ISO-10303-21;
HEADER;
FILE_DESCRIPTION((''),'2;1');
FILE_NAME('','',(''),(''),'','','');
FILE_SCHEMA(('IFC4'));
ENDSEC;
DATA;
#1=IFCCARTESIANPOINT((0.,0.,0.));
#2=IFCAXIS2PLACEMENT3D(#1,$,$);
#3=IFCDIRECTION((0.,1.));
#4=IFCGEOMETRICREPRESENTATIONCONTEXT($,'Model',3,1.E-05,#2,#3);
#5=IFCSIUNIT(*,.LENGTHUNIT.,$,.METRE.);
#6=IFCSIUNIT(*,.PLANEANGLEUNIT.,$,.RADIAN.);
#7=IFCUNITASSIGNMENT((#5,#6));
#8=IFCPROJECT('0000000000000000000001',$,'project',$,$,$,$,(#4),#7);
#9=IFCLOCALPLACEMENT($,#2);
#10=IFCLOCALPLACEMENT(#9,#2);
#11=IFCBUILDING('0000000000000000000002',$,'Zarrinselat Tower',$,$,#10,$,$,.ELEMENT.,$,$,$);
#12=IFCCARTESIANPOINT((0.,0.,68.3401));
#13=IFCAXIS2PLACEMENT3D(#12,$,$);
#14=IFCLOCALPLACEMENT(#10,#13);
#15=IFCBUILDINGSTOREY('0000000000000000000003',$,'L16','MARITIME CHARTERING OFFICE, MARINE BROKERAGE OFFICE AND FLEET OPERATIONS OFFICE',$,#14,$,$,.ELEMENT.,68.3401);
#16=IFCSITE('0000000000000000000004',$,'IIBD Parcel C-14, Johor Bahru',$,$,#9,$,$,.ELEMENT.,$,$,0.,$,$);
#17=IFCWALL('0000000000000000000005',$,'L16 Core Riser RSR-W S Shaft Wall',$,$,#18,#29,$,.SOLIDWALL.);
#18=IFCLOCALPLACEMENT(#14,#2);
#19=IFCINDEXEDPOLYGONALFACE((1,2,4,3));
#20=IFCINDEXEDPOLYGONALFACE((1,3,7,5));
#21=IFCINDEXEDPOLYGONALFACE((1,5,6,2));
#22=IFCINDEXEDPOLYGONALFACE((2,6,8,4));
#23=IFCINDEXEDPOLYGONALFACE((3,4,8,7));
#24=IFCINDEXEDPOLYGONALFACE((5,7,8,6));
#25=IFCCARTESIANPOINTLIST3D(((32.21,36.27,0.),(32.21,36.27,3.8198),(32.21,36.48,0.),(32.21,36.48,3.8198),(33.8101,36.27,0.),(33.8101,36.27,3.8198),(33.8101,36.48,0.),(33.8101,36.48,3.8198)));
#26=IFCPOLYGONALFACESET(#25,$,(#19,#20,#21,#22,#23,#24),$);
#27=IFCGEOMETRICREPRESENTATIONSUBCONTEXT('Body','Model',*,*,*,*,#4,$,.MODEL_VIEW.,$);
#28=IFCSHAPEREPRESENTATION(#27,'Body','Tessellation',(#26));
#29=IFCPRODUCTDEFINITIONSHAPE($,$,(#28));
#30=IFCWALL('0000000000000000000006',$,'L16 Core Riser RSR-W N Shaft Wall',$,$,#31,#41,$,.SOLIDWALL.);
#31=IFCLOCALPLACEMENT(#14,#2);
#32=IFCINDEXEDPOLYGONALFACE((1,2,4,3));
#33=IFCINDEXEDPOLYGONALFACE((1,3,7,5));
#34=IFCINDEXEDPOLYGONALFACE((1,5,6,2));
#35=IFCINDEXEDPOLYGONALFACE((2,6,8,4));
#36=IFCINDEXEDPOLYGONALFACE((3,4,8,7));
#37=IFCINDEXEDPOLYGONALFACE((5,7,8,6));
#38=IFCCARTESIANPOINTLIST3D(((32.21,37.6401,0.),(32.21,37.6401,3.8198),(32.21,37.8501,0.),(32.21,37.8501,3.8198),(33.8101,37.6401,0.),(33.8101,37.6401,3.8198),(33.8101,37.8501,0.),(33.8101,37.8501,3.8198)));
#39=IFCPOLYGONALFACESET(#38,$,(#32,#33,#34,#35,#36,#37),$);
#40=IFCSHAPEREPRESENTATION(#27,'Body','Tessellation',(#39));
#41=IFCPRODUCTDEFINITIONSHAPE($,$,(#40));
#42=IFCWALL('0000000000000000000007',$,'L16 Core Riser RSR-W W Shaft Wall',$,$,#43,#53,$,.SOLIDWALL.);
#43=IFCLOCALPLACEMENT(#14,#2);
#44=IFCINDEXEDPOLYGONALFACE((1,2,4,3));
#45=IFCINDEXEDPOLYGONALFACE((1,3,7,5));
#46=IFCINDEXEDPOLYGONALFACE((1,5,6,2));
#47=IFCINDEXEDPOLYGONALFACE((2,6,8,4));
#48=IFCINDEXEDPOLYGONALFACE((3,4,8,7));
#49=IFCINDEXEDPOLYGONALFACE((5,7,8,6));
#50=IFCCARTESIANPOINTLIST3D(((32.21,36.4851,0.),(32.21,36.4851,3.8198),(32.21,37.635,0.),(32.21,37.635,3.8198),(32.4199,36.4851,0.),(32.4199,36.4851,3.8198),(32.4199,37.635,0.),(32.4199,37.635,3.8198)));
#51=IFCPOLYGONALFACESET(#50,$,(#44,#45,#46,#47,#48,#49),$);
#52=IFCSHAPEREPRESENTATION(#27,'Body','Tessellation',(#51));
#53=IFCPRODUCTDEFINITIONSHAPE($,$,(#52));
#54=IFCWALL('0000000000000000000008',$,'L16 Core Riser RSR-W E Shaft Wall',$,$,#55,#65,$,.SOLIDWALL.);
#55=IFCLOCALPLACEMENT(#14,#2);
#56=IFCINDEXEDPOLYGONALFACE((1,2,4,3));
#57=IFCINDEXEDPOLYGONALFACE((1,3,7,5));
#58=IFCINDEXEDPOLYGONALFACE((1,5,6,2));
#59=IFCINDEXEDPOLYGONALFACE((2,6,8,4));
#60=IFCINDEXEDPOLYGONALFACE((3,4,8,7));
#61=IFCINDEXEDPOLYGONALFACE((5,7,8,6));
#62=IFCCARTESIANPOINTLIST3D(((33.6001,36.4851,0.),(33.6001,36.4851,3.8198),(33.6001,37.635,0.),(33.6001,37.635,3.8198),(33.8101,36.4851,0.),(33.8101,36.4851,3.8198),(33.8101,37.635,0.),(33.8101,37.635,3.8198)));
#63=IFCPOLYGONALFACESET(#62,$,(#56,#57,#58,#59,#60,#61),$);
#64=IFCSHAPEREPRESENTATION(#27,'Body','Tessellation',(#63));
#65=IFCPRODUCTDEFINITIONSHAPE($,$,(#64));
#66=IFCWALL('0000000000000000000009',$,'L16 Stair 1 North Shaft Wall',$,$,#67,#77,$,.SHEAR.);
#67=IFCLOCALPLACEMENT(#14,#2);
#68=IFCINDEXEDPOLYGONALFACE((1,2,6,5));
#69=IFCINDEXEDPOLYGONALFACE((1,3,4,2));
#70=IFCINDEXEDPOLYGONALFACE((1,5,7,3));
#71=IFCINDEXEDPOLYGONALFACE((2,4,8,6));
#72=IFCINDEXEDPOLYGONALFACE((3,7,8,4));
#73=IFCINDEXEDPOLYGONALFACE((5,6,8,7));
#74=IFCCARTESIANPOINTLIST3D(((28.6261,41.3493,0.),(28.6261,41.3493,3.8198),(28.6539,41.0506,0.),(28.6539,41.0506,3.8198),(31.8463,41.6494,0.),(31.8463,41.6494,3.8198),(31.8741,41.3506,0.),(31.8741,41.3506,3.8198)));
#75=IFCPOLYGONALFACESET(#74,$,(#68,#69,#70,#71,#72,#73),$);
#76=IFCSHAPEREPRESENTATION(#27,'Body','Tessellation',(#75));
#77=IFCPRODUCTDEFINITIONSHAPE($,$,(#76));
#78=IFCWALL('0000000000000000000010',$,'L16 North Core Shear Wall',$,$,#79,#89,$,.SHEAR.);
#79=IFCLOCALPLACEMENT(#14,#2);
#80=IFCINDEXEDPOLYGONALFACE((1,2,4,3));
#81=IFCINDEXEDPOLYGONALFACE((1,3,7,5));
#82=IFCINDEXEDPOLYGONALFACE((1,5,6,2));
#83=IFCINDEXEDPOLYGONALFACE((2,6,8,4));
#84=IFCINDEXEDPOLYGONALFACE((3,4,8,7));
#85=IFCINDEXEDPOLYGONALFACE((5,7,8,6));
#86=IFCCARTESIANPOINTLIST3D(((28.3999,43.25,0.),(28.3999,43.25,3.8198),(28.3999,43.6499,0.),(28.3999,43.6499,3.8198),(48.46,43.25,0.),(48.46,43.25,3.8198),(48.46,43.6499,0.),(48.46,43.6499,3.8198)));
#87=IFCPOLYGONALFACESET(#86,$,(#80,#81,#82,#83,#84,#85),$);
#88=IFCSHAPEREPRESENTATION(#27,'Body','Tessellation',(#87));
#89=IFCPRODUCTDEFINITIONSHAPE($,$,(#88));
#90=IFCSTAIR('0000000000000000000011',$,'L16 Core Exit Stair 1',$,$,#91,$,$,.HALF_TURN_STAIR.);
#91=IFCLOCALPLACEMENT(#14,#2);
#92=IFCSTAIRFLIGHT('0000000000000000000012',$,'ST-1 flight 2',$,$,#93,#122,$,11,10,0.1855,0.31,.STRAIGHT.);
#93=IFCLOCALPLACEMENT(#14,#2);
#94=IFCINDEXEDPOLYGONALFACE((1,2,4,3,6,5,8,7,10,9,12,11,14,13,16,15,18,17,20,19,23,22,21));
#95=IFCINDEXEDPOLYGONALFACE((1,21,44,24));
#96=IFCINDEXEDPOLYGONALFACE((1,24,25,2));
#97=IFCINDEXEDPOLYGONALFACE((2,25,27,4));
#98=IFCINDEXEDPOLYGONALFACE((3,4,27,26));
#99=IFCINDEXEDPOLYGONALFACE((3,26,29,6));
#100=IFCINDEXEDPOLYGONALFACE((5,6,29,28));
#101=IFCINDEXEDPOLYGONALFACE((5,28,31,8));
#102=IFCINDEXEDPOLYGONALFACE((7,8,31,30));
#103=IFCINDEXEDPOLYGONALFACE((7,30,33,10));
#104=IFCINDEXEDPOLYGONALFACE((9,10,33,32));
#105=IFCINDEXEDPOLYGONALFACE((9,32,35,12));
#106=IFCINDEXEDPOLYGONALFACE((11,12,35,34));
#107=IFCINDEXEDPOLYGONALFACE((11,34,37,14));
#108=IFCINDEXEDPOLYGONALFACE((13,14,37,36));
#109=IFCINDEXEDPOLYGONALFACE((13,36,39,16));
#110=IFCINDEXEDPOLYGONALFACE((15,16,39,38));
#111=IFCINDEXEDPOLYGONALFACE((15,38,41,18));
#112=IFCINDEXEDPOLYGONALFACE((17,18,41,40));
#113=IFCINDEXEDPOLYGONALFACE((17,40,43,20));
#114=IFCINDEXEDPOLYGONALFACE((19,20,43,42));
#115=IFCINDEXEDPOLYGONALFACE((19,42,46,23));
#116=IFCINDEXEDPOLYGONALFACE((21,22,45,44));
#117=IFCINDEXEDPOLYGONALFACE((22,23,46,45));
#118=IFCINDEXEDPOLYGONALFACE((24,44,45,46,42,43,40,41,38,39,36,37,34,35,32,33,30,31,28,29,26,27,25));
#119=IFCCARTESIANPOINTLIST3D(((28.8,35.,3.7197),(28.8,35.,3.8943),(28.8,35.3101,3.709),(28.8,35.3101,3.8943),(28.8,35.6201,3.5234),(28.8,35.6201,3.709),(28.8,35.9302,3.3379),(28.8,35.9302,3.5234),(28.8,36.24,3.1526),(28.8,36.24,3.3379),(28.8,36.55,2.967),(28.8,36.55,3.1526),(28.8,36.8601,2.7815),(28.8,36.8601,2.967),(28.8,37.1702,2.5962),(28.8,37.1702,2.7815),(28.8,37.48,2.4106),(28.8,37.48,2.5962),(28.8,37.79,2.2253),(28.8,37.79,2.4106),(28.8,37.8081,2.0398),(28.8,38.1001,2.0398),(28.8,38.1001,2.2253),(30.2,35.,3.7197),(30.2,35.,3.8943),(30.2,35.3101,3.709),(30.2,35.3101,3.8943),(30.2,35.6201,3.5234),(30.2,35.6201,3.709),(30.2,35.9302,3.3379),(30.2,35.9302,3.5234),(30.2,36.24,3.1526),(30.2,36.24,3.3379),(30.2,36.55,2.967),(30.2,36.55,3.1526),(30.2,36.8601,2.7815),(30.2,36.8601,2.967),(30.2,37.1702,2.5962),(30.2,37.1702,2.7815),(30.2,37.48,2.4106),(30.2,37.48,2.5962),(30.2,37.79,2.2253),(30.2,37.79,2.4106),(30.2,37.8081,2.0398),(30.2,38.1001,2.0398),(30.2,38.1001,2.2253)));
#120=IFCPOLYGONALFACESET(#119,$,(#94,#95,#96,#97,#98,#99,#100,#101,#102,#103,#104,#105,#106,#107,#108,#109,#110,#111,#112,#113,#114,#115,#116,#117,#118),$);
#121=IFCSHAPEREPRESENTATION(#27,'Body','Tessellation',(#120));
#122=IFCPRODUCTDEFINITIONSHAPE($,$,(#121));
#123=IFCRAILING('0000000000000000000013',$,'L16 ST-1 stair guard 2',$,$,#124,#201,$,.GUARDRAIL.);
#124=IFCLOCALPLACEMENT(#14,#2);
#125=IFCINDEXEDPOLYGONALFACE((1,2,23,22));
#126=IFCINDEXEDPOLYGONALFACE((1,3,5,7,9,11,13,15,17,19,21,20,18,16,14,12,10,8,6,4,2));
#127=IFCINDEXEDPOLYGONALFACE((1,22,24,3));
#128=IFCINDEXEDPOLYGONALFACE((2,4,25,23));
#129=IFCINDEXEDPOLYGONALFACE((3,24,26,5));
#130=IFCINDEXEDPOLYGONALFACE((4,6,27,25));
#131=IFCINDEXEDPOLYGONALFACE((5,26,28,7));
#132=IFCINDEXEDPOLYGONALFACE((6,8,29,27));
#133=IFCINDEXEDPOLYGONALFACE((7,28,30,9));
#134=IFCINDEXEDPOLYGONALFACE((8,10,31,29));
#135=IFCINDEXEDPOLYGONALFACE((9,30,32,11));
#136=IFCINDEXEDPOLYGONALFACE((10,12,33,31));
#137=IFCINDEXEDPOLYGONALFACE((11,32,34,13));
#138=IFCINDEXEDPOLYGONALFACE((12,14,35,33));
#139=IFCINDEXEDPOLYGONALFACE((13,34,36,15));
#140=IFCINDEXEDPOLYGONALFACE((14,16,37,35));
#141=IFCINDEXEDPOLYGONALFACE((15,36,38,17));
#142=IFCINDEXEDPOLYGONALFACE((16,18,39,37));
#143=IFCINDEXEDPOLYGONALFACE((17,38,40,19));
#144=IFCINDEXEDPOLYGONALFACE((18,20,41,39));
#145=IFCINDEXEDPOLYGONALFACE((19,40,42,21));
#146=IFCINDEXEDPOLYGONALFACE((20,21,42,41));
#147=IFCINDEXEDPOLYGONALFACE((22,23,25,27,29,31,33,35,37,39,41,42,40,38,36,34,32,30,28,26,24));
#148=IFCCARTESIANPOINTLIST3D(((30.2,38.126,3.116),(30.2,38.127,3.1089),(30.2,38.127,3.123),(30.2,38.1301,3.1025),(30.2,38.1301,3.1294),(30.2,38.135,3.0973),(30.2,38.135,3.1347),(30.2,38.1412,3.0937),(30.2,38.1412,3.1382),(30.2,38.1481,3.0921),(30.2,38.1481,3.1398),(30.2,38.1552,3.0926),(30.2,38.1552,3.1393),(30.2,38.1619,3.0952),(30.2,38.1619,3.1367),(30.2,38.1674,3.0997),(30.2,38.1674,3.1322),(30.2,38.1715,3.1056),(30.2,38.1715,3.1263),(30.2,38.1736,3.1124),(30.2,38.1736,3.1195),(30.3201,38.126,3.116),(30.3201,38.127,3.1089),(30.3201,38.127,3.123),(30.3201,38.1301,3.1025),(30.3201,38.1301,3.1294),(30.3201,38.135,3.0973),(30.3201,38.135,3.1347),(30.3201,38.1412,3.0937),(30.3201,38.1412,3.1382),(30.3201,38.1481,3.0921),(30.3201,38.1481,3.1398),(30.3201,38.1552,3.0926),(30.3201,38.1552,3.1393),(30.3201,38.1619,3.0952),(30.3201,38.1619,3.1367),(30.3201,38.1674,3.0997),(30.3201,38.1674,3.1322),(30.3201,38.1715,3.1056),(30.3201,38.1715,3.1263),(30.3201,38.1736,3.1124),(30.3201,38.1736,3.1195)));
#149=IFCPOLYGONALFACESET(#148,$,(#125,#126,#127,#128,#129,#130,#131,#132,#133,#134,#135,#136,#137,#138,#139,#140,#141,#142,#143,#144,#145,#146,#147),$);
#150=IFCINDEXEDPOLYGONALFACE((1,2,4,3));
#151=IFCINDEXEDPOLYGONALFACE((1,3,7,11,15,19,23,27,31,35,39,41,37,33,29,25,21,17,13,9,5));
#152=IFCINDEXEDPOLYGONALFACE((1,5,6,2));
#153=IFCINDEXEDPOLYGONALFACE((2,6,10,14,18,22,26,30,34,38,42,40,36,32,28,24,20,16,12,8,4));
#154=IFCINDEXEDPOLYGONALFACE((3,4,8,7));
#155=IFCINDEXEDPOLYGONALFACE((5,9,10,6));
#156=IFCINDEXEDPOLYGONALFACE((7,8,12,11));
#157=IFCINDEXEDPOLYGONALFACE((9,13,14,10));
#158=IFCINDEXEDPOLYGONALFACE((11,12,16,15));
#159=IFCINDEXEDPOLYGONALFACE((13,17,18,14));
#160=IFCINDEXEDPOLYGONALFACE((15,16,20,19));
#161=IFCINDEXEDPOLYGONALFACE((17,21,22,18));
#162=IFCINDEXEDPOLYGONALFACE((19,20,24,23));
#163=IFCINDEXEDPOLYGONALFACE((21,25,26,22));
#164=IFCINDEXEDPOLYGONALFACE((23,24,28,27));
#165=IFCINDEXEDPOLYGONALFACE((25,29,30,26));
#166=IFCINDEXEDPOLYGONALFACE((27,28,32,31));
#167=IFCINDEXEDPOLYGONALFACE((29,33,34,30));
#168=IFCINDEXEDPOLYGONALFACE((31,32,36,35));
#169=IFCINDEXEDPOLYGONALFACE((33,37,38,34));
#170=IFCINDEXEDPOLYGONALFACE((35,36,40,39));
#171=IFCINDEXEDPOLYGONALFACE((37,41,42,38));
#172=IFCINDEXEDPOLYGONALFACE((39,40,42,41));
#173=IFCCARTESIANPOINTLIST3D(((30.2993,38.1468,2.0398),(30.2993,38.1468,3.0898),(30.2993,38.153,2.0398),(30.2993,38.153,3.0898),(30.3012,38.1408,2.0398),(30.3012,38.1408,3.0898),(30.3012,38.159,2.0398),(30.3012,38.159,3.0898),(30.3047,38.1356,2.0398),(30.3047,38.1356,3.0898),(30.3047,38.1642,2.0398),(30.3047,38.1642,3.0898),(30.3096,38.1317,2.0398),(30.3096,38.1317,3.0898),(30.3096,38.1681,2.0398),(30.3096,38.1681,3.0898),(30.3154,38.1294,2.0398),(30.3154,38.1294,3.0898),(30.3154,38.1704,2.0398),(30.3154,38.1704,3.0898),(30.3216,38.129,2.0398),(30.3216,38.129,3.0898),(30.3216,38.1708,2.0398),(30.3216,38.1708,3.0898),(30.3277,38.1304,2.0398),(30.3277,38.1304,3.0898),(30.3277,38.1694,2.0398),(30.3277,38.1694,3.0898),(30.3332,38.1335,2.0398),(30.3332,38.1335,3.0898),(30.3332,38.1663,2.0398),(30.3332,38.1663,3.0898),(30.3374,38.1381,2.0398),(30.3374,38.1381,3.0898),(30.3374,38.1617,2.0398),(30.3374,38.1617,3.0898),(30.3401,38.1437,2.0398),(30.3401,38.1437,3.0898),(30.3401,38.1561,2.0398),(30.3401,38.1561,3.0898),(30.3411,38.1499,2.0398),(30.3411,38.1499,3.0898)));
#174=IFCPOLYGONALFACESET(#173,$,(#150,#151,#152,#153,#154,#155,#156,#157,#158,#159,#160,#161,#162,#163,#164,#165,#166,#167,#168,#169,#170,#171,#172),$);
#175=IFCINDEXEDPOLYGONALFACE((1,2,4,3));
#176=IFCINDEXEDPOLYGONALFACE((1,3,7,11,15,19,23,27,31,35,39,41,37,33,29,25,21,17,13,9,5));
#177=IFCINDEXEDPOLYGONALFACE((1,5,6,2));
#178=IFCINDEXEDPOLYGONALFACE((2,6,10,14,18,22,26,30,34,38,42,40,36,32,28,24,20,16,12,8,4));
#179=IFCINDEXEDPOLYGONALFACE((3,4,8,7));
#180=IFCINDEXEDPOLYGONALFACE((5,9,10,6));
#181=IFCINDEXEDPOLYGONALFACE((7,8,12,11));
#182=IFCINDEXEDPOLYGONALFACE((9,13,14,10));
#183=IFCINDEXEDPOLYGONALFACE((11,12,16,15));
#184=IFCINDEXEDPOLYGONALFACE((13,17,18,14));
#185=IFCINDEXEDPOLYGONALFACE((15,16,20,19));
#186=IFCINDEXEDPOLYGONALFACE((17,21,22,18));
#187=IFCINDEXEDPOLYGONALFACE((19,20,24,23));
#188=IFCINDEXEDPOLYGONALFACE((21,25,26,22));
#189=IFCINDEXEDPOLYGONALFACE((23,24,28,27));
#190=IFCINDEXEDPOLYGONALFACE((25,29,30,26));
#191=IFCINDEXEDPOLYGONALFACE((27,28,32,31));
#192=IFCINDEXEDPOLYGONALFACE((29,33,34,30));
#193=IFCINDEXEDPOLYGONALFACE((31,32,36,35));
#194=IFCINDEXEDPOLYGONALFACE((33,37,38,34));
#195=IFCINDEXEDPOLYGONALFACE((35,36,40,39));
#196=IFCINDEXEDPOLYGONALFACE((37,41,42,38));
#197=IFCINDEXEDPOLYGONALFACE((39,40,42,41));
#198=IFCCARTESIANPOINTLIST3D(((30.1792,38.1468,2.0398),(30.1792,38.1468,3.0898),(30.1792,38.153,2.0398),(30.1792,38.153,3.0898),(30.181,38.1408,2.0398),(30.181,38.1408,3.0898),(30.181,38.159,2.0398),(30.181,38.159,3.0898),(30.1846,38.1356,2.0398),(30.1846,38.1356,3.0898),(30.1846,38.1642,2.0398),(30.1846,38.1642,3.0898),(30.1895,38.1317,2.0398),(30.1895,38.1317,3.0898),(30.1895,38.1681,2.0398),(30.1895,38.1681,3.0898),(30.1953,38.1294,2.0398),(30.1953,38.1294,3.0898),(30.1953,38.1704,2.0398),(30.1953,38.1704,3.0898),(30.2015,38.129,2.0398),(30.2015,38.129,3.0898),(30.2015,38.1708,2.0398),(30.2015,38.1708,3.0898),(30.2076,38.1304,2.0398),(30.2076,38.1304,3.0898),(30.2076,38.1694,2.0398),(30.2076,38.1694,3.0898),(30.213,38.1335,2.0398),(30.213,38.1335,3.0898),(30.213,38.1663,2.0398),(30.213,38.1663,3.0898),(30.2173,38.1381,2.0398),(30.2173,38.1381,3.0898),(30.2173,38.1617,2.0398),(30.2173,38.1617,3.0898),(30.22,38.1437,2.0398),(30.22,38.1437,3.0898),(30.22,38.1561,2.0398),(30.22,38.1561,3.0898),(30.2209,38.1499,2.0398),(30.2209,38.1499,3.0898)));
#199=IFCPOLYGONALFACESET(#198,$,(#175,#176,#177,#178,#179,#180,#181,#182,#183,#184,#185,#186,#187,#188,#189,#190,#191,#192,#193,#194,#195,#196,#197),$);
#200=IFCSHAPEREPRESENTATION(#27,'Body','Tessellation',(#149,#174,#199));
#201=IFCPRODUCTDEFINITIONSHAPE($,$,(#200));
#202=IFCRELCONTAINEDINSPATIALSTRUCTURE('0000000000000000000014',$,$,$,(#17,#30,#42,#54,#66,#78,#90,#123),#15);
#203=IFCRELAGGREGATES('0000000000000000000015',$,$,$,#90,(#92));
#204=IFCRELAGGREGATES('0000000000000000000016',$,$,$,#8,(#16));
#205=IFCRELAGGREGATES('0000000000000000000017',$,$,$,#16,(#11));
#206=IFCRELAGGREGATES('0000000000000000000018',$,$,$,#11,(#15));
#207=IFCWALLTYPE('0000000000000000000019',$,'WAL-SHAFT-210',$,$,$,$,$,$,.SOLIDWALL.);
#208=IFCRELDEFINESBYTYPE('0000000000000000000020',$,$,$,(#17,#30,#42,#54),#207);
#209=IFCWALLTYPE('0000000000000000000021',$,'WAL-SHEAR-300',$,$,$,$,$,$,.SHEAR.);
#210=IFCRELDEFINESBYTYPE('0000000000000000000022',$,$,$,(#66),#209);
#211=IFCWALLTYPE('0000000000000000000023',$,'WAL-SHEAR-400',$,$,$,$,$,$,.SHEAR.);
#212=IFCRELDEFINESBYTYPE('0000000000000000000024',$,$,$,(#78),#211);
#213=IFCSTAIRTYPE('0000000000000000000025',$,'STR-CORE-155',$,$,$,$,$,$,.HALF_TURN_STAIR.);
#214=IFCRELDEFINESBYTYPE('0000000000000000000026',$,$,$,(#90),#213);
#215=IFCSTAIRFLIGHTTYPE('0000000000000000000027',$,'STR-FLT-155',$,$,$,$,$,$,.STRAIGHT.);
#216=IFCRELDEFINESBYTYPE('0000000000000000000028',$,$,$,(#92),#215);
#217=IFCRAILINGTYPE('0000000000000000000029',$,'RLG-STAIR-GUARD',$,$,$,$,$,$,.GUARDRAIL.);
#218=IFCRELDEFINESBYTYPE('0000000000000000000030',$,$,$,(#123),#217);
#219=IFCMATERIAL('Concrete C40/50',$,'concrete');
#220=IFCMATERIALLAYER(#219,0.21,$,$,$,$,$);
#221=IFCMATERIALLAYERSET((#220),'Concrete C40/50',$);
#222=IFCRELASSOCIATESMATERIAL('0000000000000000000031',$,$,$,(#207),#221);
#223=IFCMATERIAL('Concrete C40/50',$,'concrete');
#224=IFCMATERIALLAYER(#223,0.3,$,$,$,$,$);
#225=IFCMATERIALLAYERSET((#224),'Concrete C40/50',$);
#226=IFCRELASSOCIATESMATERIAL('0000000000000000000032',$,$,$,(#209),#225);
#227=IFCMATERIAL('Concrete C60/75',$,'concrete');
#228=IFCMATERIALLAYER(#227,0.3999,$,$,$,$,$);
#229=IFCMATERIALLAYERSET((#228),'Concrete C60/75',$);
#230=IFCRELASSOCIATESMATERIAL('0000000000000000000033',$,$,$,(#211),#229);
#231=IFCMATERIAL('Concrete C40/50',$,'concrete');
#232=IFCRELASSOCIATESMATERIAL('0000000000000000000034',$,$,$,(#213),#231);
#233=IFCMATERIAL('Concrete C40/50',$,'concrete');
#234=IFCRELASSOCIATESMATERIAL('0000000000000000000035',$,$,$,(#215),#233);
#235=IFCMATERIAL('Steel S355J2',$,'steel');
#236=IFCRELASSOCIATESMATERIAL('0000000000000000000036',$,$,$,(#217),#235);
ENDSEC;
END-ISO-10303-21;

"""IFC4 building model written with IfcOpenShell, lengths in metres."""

from ifc_helpers import new_model, si_unit, direction, frame, frame_2d, origin, origin_2d, place, context, subcontext, project, spatial, polyline, rectangle, circle, outline, extrude, material, layer, layer_set, type_object, element, aggregate, save


model = new_model("IFC4")

# Units and contexts
model_context = context("Model", 3, precision=1e-05, world=origin(), true_north=direction((0.0, 1.0)))
body_context = subcontext(model_context, "Body", "Model", "MODEL_VIEW")
ifc_project = project(units=[si_unit("LENGTHUNIT", "METRE"), si_unit("PLANEANGLEUNIT", "RADIAN")], contexts=[model_context])

# Site, building, storey
site_placement = place(None, origin())
site = spatial("IfcSite", under=ifc_project, at=site_placement, Name="IIBD Parcel C-14, Johor Bahru", CompositionType="ELEMENT", RefElevation=0.0)
building_placement = place(site_placement, origin())
building = spatial("IfcBuilding", under=site, at=building_placement, Name="Zarrinselat Tower", CompositionType="ELEMENT")
storey_placement = place(building_placement, frame((0.0, 0.0, 68.3401)))
storey = spatial("IfcBuildingStorey", under=building, at=storey_placement, Name="L16", Description="MARITIME CHARTERING OFFICE, MARINE BROKERAGE OFFICE AND FLEET OPERATIONS OFFICE", CompositionType="ELEMENT", Elevation=68.3401)

# Shared definitions
ifc_material_1 = material(Name="Concrete C40/50", Category="concrete")
ifc_layer_1 = layer(ifc_material_1, 0.21)
ifc_layer_set_1 = layer_set([ifc_layer_1], Name="Concrete C40/50")
wall_type_1 = type_object("IfcWallType", Name="WAL-SHAFT-210", PredefinedType="SOLIDWALL", material=ifc_layer_set_1)

# Walls
for number, where, z_axis, x_axis, name in (
    (1, (32.21, 36.375, 0.0), (0.0, 0.0, 1.0), (1.0, 0.0, 0.0), "L16 Core Riser RSR-W S Shaft Wall"),
    (2, (32.21, 37.7451, 0.0), (0.0, 0.0, 1.0), (1.0, 0.0, 0.0), "L16 Core Riser RSR-W N Shaft Wall"),
):
    element("IfcWall", number, at=place(storey_placement, frame(where, z_axis=z_axis, x_axis=x_axis)), inside=storey, type_object=wall_type_1, Name=name, PredefinedType="SOLIDWALL", context=body_context, shape_type="SweptSolid", body=[
        extrude(rectangle(XDim=1.6001, YDim=0.21, at=frame_2d((0.8, 0.0))), origin(), (0.0, 0.0, 1.0), 3.8198),
    ])
for number, where, z_axis, x_axis, name in (
    (3, (32.3149, 36.4851, 0.0), (0.0, 0.0, 1.0), (0.0, 1.0, 0.0), "L16 Core Riser RSR-W W Shaft Wall"),
    (4, (33.7051, 36.4851, 0.0), (0.0, 0.0, 1.0), (0.0, 1.0, 0.0), "L16 Core Riser RSR-W E Shaft Wall"),
):
    element("IfcWall", number, at=place(storey_placement, frame(where, z_axis=z_axis, x_axis=x_axis)), inside=storey, type_object=wall_type_1, Name=name, PredefinedType="SOLIDWALL", context=body_context, shape_type="SweptSolid", body=[
        extrude(rectangle(XDim=1.1499, YDim=0.21, at=frame_2d((0.575, 0.0))), origin(), (0.0, 0.0, 1.0), 3.8198),
    ])
ifc_material_2 = material(Name="Concrete C40/50", Category="concrete")
ifc_layer_2 = layer(ifc_material_2, 0.3)
ifc_layer_set_2 = layer_set([ifc_layer_2], Name="Concrete C40/50")
wall_type_2 = type_object("IfcWallType", Name="WAL-SHEAR-300", PredefinedType="SHEAR", material=ifc_layer_set_2)
wall_1_placement = place(storey_placement, frame((28.6399, 41.2, 0.0), z_axis=(0.0, 0.0, 1.0), x_axis=(0.995687, 0.092775, 0.0)))
element("IfcWall", 5, at=wall_1_placement, inside=storey, type_object=wall_type_2, Name="L16 Stair 1 North Shaft Wall", PredefinedType="SHEAR", context=body_context, shape_type="SweptSolid", body=[
    extrude(rectangle(XDim=3.2341, YDim=0.3, at=frame_2d((1.6172, 0.0))), origin(), (0.0, 0.0, 1.0), 3.8198),
])
ifc_material_3 = material(Name="Concrete C60/75", Category="concrete")
ifc_layer_3 = layer(ifc_material_3, 0.3999)
ifc_layer_set_3 = layer_set([ifc_layer_3], Name="Concrete C60/75")
wall_type_3 = type_object("IfcWallType", Name="WAL-SHEAR-400", PredefinedType="SHEAR", material=ifc_layer_set_3)
wall_2_placement = place(storey_placement, frame((28.3999, 43.45, 0.0), z_axis=(0.0, 0.0, 1.0), x_axis=(1.0, 0.0, 0.0)))
element("IfcWall", 6, at=wall_2_placement, inside=storey, type_object=wall_type_3, Name="L16 North Core Shear Wall", PredefinedType="SHEAR", context=body_context, shape_type="SweptSolid", body=[
    extrude(rectangle(XDim=20.0601, YDim=0.3999, at=frame_2d((10.03, 0.0))), origin(), (0.0, 0.0, 1.0), 3.8198),
])

# Stair, stair flight
ifc_material_4 = material(Name="Concrete C40/50", Category="concrete")
stair_type = type_object("IfcStairType", Name="STR-CORE-155", PredefinedType="HALF_TURN_STAIR", material=ifc_material_4)
stair_placement = place(storey_placement, origin())
stair = element("IfcStair", 7, at=stair_placement, inside=storey, type_object=stair_type, Name="L16 Core Exit Stair 1", PredefinedType="HALF_TURN_STAIR")
ifc_material_5 = material(Name="Concrete C40/50", Category="concrete")
stair_flight_type = type_object("IfcStairFlightType", Name="STR-FLT-155", PredefinedType="STRAIGHT", material=ifc_material_5)
stair_flight_placement = place(storey_placement, frame((29.5, 38.1001, 2.0398), z_axis=(0.0, 0.0, 1.0), x_axis=(0.0, -1.0, 0.0)))
stair_flight = element("IfcStairFlight", 8, at=stair_flight_placement, type_object=stair_flight_type, Name="ST-1 flight 2", NumberOfRisers=11, NumberOfTreads=10, PredefinedType="STRAIGHT", RiserHeight=0.1855, TreadLength=0.31, context=body_context, shape_type="SweptSolid", body=[
    extrude(outline(polyline([(0.0, 0.0), (0.0, 0.1855), (0.3101, 0.1855), (0.3101, 0.3708), (0.6201, 0.3708), (0.6201, 0.5564), (0.9299, 0.5564), (0.9299, 0.7417), (1.24, 0.7417), (1.24, 0.9272), (1.55, 0.9272), (1.55, 1.1128), (1.8601, 1.1128), (1.8601, 1.2981), (2.1699, 1.2981), (2.1699, 1.4836), (2.48, 1.4836), (2.48, 1.6692), (2.79, 1.6692), (2.79, 1.8545), (3.1001, 1.8545), (3.1001, 2.04), (3.1001, 1.6799), (0.292, 0.0), (0.0, 0.0)])), frame((0.0, 0.7, 0.0), z_axis=(0.0, -1.0, 0.0), x_axis=(1.0, 0.0, 0.0)), (0.0, 0.0, 1.0), 1.3999),
])
aggregate(stair, [stair_flight])

# Railing
ifc_material_6 = material(Name="Steel S355J2", Category="steel")
railing_type_1 = type_object("IfcRailingType", Name="RLG-STAIR-GUARD", PredefinedType="GUARDRAIL", material=ifc_material_6)
railing_1_placement = place(storey_placement, frame((30.3201, 38.1499, 2.0398)))
element("IfcRailing", 9, at=railing_1_placement, inside=storey, type_object=railing_type_1, Name="L16 ST-1 stair guard 2", PredefinedType="GUARDRAIL", context=body_context, shape_type="SweptSolid", body=[
    extrude(circle(Radius=0.0239, at=origin_2d()), frame((0.0, 0.0, 1.0762), z_axis=(-1.0, 0.0, 0.0), x_axis=(0.0, -1.0, 0.0)), (0.0, 0.0, 1.0), 0.1201),
    extrude(circle(Radius=0.021, at=origin_2d()), origin(), (0.0, 0.0, 1.0), 1.05),
    extrude(circle(Radius=0.021, at=origin_2d()), frame((-0.1201, 0.0, 0.0)), (0.0, 0.0, 1.0), 1.05),
])

save(model, "model.ifc")
